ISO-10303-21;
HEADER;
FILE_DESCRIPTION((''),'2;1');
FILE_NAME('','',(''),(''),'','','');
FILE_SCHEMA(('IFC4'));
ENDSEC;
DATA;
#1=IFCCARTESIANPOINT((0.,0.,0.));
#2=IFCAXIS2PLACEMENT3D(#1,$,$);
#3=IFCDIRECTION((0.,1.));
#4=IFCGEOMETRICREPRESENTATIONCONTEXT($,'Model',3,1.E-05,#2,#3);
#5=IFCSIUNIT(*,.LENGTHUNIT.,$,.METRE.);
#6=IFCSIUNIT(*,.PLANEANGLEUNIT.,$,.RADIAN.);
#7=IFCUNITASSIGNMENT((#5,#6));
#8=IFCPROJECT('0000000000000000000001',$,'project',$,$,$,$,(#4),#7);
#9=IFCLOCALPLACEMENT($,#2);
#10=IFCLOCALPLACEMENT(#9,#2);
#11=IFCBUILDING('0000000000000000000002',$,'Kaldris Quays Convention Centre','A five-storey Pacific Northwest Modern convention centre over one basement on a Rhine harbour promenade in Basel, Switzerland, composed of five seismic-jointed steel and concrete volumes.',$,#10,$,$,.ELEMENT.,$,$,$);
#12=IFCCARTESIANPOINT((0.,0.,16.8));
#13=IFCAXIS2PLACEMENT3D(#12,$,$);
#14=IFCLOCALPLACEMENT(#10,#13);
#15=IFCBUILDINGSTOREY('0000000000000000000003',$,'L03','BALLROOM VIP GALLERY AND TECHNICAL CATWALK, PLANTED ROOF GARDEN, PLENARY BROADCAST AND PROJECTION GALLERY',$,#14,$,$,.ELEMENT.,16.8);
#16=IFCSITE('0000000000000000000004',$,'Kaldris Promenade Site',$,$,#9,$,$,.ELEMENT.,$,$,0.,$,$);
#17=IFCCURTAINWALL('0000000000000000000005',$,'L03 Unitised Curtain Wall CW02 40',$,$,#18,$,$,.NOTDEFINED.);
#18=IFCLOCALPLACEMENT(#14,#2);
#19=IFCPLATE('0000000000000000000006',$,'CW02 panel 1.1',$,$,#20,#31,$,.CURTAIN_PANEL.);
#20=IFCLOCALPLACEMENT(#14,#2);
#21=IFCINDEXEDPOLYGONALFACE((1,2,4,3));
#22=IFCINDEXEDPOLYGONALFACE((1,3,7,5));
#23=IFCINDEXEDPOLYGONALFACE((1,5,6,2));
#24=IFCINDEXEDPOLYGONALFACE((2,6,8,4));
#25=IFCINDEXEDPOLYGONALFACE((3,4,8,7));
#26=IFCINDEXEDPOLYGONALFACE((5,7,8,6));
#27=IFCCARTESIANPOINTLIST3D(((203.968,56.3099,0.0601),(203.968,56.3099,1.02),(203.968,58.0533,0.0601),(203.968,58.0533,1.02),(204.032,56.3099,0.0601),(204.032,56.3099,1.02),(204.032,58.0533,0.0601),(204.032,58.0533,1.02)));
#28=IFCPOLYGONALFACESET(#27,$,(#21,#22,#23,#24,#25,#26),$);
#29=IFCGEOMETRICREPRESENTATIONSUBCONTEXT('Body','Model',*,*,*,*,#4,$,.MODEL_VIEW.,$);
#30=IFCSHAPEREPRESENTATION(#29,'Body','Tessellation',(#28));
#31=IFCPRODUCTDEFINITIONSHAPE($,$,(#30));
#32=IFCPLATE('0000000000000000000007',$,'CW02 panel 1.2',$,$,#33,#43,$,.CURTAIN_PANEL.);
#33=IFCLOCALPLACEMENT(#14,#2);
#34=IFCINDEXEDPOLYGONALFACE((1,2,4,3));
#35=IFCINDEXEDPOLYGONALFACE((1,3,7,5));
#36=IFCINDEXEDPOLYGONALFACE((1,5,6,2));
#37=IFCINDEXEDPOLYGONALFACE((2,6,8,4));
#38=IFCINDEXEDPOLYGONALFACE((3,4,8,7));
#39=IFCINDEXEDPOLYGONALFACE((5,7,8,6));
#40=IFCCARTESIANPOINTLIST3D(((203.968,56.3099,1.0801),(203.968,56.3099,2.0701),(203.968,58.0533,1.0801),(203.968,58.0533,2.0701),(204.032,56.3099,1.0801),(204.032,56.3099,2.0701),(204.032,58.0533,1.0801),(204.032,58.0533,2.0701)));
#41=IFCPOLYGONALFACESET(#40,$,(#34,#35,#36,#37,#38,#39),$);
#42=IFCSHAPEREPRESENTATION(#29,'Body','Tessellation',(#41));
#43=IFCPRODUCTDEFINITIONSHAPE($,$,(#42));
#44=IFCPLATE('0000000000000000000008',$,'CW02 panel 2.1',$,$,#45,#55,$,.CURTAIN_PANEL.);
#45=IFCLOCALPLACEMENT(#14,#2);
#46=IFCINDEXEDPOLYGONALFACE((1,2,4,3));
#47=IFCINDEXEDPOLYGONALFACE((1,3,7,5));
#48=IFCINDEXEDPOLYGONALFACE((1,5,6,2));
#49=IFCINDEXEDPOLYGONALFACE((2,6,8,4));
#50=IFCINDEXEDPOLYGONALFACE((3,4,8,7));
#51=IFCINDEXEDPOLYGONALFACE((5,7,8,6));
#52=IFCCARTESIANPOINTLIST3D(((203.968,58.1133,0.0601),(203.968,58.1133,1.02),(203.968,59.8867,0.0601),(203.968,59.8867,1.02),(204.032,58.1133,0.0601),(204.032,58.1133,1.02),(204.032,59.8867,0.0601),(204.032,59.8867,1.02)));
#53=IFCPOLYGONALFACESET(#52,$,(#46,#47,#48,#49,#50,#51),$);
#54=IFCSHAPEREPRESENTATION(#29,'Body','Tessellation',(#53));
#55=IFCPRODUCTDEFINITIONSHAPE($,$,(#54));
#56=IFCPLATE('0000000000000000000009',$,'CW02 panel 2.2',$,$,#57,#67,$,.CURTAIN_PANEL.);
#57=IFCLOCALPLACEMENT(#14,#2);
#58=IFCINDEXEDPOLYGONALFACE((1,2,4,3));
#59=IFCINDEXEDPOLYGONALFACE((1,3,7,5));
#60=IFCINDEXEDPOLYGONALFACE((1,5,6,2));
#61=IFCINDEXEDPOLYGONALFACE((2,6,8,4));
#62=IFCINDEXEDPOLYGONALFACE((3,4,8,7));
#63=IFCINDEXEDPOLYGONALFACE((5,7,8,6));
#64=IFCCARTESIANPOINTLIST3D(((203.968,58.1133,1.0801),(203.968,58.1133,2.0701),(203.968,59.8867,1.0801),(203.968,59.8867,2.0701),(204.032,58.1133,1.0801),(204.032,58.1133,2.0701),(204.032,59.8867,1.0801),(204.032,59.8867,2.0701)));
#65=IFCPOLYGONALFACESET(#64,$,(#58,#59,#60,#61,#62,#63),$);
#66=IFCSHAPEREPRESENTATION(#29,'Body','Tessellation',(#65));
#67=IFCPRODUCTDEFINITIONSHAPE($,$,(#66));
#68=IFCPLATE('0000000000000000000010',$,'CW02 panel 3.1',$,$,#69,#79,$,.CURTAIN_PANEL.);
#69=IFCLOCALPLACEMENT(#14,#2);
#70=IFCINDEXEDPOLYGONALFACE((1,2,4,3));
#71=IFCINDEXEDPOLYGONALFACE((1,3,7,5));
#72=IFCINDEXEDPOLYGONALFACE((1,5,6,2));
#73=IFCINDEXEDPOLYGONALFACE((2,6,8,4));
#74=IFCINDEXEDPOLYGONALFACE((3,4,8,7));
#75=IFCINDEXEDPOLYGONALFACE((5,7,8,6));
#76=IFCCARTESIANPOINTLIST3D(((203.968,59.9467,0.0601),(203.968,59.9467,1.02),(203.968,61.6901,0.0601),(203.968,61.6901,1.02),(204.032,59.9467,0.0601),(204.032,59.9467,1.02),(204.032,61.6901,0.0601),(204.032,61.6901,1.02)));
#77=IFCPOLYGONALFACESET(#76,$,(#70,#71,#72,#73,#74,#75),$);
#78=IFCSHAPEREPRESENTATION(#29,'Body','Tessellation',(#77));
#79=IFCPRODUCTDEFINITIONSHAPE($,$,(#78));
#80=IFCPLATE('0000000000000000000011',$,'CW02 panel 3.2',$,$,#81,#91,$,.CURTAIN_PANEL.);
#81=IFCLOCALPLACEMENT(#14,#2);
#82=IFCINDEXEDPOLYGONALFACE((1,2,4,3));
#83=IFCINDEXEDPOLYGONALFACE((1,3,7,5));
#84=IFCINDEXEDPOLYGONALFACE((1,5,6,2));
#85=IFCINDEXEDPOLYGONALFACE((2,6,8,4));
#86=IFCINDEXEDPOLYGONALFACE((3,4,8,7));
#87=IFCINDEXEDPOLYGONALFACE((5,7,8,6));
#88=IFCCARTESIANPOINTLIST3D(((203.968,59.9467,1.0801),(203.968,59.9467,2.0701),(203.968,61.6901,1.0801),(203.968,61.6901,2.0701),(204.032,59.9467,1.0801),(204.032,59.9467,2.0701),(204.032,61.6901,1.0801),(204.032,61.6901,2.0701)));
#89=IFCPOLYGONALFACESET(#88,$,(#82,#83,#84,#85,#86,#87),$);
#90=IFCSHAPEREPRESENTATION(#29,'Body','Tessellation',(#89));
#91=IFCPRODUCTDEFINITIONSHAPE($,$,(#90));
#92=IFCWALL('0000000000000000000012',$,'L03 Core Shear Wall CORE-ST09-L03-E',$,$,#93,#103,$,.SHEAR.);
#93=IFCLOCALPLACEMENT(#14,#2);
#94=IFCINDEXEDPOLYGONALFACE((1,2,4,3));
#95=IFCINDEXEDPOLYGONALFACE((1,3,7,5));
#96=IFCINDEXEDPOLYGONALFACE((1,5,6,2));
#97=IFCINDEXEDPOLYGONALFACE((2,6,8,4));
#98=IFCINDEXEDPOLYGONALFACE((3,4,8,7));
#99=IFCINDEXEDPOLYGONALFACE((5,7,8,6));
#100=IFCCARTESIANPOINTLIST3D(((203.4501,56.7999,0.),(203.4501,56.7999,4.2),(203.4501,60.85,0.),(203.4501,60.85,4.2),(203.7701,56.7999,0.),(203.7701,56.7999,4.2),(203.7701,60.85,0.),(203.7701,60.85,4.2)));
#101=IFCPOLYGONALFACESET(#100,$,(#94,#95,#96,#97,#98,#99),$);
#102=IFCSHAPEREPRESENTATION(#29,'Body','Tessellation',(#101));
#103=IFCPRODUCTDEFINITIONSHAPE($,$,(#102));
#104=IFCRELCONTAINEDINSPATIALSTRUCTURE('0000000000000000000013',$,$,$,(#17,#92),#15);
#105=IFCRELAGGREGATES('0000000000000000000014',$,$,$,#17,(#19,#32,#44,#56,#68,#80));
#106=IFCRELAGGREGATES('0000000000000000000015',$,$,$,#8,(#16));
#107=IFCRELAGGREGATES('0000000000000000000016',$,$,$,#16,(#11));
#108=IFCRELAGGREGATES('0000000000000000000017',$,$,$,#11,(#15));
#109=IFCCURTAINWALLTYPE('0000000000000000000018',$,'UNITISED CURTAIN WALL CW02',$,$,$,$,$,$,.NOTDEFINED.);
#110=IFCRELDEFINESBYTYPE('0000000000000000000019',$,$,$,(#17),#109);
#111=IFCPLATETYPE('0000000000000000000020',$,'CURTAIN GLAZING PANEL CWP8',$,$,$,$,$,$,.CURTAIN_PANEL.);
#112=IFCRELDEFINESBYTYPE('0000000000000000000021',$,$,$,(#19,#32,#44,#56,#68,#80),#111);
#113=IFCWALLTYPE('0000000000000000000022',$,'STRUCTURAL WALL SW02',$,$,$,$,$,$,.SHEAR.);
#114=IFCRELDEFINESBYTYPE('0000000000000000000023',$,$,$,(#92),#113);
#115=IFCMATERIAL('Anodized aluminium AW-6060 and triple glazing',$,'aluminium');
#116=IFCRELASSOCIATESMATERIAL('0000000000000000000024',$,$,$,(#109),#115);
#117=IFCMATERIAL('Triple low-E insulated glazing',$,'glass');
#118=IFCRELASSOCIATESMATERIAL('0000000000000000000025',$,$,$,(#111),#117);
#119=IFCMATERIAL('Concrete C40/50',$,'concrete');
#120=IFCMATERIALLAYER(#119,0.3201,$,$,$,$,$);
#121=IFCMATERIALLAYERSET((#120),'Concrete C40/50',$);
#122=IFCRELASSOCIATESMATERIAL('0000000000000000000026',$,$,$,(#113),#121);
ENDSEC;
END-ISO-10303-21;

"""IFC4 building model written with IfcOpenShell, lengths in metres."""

from ifc_helpers import new_model, si_unit, direction, frame, frame_2d, origin, origin_2d, place, context, subcontext, project, spatial, rectangle, extrude, material, layer, layer_set, type_object, element, aggregate, save


model = new_model("IFC4")

# Units and contexts
model_context = context("Model", 3, precision=1e-05, world=origin(), true_north=direction((0.0, 1.0)))
body_context = subcontext(model_context, "Body", "Model", "MODEL_VIEW")
ifc_project = project(units=[si_unit("LENGTHUNIT", "METRE"), si_unit("PLANEANGLEUNIT", "RADIAN")], contexts=[model_context])

# Site, building, storey
site_placement = place(None, origin())
site = spatial("IfcSite", under=ifc_project, at=site_placement, Name="Kaldris Promenade Site", CompositionType="ELEMENT", RefElevation=0.0)
building_placement = place(site_placement, origin())
building = spatial("IfcBuilding", under=site, at=building_placement, Name="Kaldris Quays Convention Centre", Description="A five-storey Pacific Northwest Modern convention centre over one basement on a Rhine harbour promenade in Basel, Switzerland, composed of five seismic-jointed steel and concrete volumes.", CompositionType="ELEMENT")
storey_placement = place(building_placement, frame((0.0, 0.0, 16.8)))
storey = spatial("IfcBuildingStorey", under=building, at=storey_placement, Name="L03", Description="BALLROOM VIP GALLERY AND TECHNICAL CATWALK, PLANTED ROOF GARDEN, PLENARY BROADCAST AND PROJECTION GALLERY", CompositionType="ELEMENT", Elevation=16.8)

# Shared definitions
ifc_material_1 = material(Name="Anodized aluminium AW-6060 and triple glazing", Category="aluminium")

# Curtain wall
curtain_wall_type_1 = type_object("IfcCurtainWallType", Name="UNITISED CURTAIN WALL CW02", PredefinedType="NOTDEFINED", material=ifc_material_1)
curtain_wall_1_placement = place(storey_placement, origin())
curtain_wall_1 = element("IfcCurtainWall", 1, at=curtain_wall_1_placement, inside=storey, type_object=curtain_wall_type_1, Name="L03 Unitised Curtain Wall CW02 40", PredefinedType="NOTDEFINED")

# Plates
ifc_material_2 = material(Name="Triple low-E insulated glazing", Category="glass")
plate_type_1 = type_object("IfcPlateType", Name="CURTAIN GLAZING PANEL CWP8", PredefinedType="CURTAIN_PANEL", material=ifc_material_2)
plate_1_placement = place(storey_placement, frame((204.0, 57.1816, 0.0601), z_axis=(0.0, 0.0, 1.0), x_axis=(0.0, 1.0, 0.0)))
plate_1 = element("IfcPlate", 2, at=plate_1_placement, type_object=plate_type_1, Name="CW02 panel 1.1", PredefinedType="CURTAIN_PANEL", context=body_context, shape_type="SweptSolid", body=[
    extrude(rectangle(XDim=1.7434, YDim=0.064, at=origin_2d()), origin(), (0.0, 0.0, 1.0), 0.96),
])
plate_2_placement = place(storey_placement, frame((204.0, 57.1816, 1.0801), z_axis=(0.0, 0.0, 1.0), x_axis=(0.0, 1.0, 0.0)))
plate_2 = element("IfcPlate", 3, at=plate_2_placement, type_object=plate_type_1, Name="CW02 panel 1.2", PredefinedType="CURTAIN_PANEL", context=body_context, shape_type="SweptSolid", body=[
    extrude(rectangle(XDim=1.7434, YDim=0.064, at=origin_2d()), origin(), (0.0, 0.0, 1.0), 0.99),
])
plate_3_placement = place(storey_placement, frame((204.0, 59.0, 0.0601), z_axis=(0.0, 0.0, 1.0), x_axis=(0.0, 1.0, 0.0)))
plate_3 = element("IfcPlate", 4, at=plate_3_placement, type_object=plate_type_1, Name="CW02 panel 2.1", PredefinedType="CURTAIN_PANEL", context=body_context, shape_type="SweptSolid", body=[
    extrude(rectangle(XDim=1.7734, YDim=0.064, at=origin_2d()), origin(), (0.0, 0.0, 1.0), 0.96),
])
plate_4_placement = place(storey_placement, frame((204.0, 59.0, 1.0801), z_axis=(0.0, 0.0, 1.0), x_axis=(0.0, 1.0, 0.0)))
plate_4 = element("IfcPlate", 5, at=plate_4_placement, type_object=plate_type_1, Name="CW02 panel 2.2", PredefinedType="CURTAIN_PANEL", context=body_context, shape_type="SweptSolid", body=[
    extrude(rectangle(XDim=1.7734, YDim=0.064, at=origin_2d()), origin(), (0.0, 0.0, 1.0), 0.99),
])
plate_5_placement = place(storey_placement, frame((204.0, 60.8184, 0.0601), z_axis=(0.0, 0.0, 1.0), x_axis=(0.0, 1.0, 0.0)))
plate_5 = element("IfcPlate", 6, at=plate_5_placement, type_object=plate_type_1, Name="CW02 panel 3.1", PredefinedType="CURTAIN_PANEL", context=body_context, shape_type="SweptSolid", body=[
    extrude(rectangle(XDim=1.7434, YDim=0.064, at=origin_2d()), origin(), (0.0, 0.0, 1.0), 0.96),
])
plate_6_placement = place(storey_placement, frame((204.0, 60.8184, 1.0801), z_axis=(0.0, 0.0, 1.0), x_axis=(0.0, 1.0, 0.0)))
plate_6 = element("IfcPlate", 7, at=plate_6_placement, type_object=plate_type_1, Name="CW02 panel 3.2", PredefinedType="CURTAIN_PANEL", context=body_context, shape_type="SweptSolid", body=[
    extrude(rectangle(XDim=1.7434, YDim=0.064, at=origin_2d()), origin(), (0.0, 0.0, 1.0), 0.99),
])
aggregate(curtain_wall_1, [plate_1, plate_2, plate_3, plate_4, plate_5, plate_6])

# Wall
ifc_material_3 = material(Name="Concrete C40/50", Category="concrete")
ifc_layer = layer(ifc_material_3, 0.3201)
ifc_layer_set = layer_set([ifc_layer], Name="Concrete C40/50")
wall_type = type_object("IfcWallType", Name="STRUCTURAL WALL SW02", PredefinedType="SHEAR", material=ifc_layer_set)
wall_placement = place(storey_placement, frame((203.6101, 56.8, 0.0), z_axis=(0.0, 0.0, 1.0), x_axis=(0.0, 1.0, 0.0)))
element("IfcWall", 8, at=wall_placement, inside=storey, type_object=wall_type, Name="L03 Core Shear Wall CORE-ST09-L03-E", PredefinedType="SHEAR", context=body_context, shape_type="SweptSolid", body=[
    extrude(rectangle(XDim=4.05, YDim=0.3201, at=frame_2d((2.0249, 0.0))), origin(), (0.0, 0.0, 1.0), 4.2),
])

save(model, "model.ifc")
